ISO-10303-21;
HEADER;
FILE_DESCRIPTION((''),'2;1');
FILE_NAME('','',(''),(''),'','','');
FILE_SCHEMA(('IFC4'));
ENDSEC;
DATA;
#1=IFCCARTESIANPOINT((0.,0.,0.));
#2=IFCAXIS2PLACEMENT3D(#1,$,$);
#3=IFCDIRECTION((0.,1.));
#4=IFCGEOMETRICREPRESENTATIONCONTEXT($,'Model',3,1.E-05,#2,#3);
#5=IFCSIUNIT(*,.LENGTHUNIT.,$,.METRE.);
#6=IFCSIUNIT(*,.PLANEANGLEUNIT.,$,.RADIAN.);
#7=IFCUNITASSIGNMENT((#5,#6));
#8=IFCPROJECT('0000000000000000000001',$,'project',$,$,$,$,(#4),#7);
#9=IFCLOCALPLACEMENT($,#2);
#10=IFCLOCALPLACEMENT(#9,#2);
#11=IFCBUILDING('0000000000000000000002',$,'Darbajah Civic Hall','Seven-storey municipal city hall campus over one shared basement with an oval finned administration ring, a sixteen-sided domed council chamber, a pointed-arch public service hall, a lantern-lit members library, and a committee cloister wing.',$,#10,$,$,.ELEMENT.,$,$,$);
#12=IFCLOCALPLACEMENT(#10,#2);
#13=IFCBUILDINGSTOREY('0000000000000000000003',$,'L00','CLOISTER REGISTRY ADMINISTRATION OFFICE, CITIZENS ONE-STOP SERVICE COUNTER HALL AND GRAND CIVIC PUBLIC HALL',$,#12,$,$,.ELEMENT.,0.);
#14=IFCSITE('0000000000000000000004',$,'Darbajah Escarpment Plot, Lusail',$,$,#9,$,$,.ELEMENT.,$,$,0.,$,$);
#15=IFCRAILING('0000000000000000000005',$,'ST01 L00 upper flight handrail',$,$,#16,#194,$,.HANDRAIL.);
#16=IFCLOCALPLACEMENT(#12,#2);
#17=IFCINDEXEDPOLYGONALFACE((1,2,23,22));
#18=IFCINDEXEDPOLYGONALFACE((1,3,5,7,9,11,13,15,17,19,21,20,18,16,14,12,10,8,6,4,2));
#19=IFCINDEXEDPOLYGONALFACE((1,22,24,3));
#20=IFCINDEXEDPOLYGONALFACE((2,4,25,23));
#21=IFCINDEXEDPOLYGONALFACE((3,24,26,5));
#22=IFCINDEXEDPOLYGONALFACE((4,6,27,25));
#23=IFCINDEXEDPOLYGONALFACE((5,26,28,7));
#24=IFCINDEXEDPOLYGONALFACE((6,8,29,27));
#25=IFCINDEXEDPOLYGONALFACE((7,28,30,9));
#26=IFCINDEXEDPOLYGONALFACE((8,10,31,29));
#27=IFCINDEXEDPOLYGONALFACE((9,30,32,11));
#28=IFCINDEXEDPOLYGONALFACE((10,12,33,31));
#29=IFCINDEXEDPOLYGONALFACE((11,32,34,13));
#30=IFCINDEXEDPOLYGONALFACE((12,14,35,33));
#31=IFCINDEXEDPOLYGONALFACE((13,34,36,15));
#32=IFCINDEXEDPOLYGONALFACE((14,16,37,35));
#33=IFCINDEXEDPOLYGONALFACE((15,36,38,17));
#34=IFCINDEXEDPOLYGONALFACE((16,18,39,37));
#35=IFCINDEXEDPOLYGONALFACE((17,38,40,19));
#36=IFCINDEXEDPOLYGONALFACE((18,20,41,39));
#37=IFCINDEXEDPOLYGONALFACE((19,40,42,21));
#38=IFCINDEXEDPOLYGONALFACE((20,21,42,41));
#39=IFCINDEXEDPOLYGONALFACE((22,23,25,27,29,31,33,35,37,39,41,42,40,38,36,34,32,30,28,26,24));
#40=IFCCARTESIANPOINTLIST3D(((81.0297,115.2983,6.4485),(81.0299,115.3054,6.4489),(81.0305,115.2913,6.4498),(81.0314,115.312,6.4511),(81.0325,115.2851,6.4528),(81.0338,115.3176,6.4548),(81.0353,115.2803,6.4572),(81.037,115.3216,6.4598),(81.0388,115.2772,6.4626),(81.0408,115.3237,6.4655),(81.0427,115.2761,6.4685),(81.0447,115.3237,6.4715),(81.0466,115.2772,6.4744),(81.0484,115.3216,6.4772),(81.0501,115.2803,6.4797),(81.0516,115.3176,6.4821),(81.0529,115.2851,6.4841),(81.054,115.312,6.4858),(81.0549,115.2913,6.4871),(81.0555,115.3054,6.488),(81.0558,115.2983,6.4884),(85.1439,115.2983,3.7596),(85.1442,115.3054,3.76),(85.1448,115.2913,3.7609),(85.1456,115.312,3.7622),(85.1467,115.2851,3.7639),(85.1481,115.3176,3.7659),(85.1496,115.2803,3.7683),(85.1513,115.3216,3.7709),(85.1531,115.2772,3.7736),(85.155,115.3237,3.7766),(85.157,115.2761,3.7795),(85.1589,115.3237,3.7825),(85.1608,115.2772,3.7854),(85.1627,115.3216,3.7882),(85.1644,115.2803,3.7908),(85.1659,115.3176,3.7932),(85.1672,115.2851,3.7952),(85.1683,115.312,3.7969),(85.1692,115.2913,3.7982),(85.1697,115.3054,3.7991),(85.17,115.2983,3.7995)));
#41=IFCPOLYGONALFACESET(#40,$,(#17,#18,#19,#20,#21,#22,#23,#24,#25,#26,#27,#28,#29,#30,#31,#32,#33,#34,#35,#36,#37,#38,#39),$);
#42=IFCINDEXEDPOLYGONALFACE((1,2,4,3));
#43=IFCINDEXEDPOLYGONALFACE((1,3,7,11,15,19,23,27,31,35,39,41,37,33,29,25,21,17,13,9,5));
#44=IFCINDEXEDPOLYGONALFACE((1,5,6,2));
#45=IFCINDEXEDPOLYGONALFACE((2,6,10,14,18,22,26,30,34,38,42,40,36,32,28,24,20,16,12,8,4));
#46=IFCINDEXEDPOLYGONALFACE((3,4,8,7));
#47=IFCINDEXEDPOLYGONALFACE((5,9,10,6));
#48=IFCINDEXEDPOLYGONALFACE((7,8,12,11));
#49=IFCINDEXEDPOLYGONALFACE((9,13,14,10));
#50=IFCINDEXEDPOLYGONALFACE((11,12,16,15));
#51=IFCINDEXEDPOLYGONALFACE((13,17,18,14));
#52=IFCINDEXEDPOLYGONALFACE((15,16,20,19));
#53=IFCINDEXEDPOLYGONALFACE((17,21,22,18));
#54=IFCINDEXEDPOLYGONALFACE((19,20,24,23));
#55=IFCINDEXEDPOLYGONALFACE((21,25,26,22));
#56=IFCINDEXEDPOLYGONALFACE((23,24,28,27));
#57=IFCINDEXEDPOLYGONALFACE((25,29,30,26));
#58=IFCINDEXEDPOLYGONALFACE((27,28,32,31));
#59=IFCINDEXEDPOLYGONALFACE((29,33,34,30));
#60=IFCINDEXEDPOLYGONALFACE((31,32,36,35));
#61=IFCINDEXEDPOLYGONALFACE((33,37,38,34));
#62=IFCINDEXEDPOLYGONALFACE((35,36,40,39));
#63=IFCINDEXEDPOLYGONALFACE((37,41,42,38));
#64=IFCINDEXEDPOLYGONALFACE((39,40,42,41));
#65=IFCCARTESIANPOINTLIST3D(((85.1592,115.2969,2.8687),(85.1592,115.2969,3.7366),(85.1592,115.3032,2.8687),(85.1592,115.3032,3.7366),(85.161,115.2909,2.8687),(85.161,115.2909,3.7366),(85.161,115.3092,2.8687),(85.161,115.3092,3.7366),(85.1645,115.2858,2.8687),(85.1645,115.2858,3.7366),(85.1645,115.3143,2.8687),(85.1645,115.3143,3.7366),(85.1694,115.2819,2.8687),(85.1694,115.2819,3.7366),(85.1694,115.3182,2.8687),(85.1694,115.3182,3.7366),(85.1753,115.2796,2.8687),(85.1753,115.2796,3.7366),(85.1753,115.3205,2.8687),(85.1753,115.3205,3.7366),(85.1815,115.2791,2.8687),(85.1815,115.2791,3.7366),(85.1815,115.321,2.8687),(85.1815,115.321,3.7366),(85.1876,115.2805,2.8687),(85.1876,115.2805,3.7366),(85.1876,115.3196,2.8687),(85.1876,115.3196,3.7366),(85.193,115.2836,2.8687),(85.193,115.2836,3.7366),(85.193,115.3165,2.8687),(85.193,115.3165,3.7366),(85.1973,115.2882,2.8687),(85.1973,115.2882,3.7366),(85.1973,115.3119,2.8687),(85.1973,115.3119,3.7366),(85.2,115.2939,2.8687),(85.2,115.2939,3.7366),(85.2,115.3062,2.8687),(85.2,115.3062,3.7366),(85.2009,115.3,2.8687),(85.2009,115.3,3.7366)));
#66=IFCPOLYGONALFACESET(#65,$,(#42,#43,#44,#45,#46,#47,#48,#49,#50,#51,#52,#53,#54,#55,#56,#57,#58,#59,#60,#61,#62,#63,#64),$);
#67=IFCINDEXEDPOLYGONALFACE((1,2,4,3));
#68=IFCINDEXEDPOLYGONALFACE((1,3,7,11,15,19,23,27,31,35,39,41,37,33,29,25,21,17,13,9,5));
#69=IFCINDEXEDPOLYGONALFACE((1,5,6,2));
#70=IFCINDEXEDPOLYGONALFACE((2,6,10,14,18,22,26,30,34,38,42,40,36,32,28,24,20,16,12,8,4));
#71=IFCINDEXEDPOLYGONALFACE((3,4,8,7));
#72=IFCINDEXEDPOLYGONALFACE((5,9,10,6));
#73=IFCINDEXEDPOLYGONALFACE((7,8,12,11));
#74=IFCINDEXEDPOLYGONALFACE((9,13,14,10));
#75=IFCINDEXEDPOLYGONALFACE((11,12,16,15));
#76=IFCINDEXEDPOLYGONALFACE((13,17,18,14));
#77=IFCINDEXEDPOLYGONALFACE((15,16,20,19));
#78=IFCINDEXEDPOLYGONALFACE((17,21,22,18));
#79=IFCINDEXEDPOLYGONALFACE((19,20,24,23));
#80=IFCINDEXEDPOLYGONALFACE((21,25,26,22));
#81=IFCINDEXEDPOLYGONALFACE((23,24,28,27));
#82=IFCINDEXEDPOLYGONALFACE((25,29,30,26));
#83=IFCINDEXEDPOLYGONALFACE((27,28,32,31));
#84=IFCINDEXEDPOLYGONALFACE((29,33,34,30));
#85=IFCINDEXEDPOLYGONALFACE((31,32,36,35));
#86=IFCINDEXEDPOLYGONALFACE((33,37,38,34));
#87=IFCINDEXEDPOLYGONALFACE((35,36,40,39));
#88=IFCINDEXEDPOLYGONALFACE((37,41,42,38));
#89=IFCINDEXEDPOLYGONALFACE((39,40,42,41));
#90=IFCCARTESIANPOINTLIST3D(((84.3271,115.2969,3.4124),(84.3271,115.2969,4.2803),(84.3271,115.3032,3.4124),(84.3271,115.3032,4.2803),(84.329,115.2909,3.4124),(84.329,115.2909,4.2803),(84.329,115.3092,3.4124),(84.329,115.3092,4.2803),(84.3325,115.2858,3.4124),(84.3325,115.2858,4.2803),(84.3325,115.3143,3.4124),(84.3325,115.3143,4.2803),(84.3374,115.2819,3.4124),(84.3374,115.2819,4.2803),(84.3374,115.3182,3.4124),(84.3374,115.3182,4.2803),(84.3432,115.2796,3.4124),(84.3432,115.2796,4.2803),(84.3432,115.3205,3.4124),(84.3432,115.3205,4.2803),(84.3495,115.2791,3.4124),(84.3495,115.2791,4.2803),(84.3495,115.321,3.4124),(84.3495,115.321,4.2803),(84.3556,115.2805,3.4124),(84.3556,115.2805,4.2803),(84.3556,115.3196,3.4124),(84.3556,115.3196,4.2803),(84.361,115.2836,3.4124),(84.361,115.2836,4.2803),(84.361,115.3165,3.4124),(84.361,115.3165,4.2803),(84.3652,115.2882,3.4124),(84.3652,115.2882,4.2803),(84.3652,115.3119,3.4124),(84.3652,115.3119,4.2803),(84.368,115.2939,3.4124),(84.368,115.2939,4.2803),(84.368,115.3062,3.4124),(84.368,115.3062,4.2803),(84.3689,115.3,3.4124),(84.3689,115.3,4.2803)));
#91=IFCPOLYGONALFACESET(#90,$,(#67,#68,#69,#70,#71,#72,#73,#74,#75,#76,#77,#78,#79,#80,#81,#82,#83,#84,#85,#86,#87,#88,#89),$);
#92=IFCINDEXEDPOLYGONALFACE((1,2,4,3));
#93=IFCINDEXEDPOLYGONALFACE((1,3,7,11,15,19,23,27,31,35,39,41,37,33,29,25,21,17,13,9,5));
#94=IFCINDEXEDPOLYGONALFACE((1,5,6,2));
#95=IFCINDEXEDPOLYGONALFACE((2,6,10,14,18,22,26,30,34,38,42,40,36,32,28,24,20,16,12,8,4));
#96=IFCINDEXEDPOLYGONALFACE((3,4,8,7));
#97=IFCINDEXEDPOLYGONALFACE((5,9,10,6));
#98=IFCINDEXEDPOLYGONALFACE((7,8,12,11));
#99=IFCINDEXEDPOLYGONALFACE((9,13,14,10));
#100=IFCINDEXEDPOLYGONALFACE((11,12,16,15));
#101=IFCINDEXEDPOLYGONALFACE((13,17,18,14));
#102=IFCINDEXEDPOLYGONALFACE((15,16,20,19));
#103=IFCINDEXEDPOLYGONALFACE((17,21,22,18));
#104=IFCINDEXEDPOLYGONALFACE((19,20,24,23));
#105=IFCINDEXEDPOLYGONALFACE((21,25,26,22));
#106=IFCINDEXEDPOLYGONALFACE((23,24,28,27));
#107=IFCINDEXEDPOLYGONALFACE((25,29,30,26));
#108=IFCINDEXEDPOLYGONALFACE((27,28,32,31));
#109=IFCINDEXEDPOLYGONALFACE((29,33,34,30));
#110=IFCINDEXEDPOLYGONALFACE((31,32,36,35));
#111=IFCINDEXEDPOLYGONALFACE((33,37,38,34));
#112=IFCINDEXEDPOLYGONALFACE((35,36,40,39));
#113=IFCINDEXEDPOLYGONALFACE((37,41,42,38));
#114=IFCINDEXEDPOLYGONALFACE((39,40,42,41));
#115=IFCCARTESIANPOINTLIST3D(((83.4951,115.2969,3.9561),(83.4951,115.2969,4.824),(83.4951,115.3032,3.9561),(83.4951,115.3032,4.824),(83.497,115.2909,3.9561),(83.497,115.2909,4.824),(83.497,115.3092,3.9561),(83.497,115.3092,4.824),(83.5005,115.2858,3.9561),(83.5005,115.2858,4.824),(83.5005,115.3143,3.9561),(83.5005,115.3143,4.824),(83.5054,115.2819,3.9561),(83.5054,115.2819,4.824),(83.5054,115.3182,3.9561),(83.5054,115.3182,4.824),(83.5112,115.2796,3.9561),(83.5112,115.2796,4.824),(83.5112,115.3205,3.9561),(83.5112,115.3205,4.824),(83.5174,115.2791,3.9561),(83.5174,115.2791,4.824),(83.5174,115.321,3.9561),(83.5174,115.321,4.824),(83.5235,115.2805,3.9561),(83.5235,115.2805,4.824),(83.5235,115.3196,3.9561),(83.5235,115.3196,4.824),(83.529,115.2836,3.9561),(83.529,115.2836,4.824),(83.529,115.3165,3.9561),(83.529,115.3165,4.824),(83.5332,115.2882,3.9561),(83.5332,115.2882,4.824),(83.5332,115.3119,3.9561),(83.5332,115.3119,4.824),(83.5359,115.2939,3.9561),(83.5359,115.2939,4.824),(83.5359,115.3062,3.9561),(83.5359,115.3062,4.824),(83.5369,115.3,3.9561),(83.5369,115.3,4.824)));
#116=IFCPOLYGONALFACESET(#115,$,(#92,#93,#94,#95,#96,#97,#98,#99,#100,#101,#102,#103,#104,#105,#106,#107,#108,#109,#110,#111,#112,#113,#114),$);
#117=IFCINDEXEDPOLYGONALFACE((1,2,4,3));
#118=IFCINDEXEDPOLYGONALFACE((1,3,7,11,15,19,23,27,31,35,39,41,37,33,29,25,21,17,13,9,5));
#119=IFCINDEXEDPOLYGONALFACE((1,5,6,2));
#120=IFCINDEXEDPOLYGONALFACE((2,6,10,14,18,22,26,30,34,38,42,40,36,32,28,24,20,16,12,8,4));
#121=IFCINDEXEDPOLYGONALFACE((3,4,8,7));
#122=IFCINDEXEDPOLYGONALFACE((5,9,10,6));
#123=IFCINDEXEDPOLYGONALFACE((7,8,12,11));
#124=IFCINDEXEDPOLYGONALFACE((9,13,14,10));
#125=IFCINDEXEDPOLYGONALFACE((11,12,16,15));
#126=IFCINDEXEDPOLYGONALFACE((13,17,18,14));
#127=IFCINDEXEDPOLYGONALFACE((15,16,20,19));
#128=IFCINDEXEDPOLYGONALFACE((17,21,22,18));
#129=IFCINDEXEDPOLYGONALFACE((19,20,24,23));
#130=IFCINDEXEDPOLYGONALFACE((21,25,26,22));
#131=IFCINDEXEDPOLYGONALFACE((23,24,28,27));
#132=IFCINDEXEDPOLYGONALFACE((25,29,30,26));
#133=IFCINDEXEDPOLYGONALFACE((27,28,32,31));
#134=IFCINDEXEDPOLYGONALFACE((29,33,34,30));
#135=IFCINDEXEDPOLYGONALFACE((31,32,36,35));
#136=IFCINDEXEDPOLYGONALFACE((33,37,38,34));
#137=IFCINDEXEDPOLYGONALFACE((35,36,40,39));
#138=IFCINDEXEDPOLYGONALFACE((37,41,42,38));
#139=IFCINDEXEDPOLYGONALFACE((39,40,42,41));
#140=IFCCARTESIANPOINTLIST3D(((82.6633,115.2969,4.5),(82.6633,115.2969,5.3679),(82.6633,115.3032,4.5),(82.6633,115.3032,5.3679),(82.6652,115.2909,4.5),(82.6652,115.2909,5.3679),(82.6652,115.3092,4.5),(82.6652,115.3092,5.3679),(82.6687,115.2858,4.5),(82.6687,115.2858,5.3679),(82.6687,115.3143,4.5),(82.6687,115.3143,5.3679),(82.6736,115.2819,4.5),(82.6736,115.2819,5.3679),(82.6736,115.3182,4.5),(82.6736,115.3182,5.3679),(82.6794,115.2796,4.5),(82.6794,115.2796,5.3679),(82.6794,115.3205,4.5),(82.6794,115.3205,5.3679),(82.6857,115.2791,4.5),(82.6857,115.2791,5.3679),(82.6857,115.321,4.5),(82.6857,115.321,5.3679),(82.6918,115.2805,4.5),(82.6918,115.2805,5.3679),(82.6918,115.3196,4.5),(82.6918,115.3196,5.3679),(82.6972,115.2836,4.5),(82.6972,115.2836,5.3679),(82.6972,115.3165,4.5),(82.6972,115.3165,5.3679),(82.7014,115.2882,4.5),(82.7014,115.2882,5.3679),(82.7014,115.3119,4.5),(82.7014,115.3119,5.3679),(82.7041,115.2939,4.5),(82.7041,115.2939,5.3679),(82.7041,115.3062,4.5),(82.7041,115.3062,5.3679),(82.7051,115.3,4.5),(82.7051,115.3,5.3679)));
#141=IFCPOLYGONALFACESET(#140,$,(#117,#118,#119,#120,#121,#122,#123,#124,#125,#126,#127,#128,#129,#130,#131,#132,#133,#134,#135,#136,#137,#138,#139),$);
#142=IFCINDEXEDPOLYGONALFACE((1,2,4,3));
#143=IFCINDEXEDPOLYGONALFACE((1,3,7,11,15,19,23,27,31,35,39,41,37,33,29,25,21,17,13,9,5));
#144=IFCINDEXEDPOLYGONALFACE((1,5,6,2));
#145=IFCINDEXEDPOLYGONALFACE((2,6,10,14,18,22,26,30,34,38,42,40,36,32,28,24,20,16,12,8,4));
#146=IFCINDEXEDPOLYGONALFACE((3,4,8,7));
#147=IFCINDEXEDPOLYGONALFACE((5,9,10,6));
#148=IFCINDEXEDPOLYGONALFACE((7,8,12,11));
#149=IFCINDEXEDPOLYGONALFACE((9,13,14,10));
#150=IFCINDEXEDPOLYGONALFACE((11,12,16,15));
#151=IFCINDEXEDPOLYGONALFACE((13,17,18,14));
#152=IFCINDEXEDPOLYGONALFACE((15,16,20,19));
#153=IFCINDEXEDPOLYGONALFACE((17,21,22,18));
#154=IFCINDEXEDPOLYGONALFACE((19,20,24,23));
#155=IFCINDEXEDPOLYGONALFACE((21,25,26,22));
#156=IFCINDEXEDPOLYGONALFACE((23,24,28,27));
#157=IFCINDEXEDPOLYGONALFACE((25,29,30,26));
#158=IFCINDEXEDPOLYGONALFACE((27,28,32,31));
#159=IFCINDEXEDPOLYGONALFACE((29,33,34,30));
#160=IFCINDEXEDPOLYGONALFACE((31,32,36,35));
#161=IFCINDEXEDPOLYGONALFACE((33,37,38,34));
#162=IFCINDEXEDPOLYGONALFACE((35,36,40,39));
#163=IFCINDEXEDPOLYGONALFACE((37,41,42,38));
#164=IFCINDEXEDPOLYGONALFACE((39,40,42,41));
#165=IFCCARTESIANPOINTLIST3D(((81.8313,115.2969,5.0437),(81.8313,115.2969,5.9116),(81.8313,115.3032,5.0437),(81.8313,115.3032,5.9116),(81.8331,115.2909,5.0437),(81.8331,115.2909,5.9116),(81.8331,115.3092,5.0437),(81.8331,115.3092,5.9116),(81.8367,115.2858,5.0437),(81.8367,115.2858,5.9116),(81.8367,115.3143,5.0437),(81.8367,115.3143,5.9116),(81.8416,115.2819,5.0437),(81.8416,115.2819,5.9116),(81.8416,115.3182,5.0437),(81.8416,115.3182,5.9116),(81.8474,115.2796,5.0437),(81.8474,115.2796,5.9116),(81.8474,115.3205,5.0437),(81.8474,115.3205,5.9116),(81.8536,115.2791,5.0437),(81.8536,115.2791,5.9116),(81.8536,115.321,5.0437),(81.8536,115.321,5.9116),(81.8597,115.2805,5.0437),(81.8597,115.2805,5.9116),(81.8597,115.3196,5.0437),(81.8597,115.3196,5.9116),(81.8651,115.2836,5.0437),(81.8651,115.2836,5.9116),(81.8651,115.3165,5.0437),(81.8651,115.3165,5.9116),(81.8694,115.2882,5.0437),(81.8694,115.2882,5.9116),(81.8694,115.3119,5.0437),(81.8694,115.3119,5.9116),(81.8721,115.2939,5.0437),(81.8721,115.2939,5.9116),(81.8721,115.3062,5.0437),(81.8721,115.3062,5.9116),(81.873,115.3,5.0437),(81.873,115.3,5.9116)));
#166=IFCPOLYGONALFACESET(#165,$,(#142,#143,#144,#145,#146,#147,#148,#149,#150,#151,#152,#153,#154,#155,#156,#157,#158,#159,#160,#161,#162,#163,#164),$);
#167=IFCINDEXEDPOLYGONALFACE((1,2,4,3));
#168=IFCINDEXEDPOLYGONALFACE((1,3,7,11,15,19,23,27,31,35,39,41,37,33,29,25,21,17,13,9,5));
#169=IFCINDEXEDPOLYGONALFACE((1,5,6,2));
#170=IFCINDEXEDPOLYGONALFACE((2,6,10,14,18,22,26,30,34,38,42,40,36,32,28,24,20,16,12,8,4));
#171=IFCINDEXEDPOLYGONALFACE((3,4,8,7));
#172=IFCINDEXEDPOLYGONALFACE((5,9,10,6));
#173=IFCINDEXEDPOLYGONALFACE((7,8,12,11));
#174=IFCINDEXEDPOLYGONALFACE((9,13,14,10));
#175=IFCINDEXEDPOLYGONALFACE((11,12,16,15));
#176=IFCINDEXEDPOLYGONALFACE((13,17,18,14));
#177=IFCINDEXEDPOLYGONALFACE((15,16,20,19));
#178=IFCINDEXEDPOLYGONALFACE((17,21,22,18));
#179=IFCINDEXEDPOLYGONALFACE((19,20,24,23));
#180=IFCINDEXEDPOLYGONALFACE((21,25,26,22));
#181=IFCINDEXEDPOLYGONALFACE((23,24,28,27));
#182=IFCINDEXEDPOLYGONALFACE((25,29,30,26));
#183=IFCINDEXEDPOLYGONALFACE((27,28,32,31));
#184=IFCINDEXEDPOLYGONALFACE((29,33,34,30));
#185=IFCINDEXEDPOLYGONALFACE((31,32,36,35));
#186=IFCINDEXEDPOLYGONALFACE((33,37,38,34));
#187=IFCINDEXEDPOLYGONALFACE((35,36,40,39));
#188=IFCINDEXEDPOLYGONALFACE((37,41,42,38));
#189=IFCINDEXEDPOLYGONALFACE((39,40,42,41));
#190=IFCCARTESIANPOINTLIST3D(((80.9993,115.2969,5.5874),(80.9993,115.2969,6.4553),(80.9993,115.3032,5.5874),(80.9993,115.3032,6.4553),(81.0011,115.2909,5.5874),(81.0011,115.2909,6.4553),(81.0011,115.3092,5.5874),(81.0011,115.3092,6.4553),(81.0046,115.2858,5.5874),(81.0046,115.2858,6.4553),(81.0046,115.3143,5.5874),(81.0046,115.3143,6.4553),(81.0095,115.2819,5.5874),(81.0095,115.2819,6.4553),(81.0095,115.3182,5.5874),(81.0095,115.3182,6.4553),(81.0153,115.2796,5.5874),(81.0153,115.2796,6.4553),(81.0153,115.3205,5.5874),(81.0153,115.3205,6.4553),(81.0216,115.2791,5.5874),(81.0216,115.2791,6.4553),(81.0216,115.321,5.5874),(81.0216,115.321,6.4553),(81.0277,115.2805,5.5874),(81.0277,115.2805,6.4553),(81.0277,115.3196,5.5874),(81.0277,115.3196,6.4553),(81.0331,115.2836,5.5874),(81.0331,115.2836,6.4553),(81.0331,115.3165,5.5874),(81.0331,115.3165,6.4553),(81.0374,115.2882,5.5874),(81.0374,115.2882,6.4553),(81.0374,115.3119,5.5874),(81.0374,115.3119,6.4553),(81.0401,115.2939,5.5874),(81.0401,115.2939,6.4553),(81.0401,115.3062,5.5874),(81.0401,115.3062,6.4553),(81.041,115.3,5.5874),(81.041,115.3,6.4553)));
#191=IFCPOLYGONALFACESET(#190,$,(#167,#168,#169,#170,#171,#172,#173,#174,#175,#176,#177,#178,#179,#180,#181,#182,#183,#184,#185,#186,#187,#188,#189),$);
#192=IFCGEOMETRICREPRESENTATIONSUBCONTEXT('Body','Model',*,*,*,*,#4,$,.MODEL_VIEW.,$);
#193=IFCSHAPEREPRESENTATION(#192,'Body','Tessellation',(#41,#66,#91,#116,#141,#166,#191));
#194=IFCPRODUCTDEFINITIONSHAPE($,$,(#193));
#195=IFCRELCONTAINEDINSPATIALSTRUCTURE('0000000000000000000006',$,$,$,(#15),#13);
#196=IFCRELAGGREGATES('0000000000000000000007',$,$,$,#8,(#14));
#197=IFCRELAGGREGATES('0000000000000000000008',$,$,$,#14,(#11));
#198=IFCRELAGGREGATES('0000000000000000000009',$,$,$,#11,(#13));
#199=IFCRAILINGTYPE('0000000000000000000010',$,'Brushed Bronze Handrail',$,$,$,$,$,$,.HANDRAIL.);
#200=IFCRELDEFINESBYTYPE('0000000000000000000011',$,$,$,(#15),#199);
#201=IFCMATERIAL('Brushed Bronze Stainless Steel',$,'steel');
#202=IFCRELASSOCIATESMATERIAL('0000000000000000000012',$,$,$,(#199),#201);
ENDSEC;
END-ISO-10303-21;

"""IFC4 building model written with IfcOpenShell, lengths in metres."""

from ifc_helpers import new_model, si_unit, direction, frame, origin, origin_2d, place, context, subcontext, project, spatial, circle, extrude, material, type_object, element, save


model = new_model("IFC4")

# Units and contexts
model_context = context("Model", 3, precision=1e-05, world=origin(), true_north=direction((0.0, 1.0)))
body_context = subcontext(model_context, "Body", "Model", "MODEL_VIEW")
ifc_project = project(units=[si_unit("LENGTHUNIT", "METRE"), si_unit("PLANEANGLEUNIT", "RADIAN")], contexts=[model_context])

# Site, building, storey
site_placement = place(None, origin())
site = spatial("IfcSite", under=ifc_project, at=site_placement, Name="Darbajah Escarpment Plot, Lusail", CompositionType="ELEMENT", RefElevation=0.0)
building_placement = place(site_placement, origin())
building = spatial("IfcBuilding", under=site, at=building_placement, Name="Darbajah Civic Hall", Description="Seven-storey municipal city hall campus over one shared basement with an oval finned administration ring, a sixteen-sided domed council chamber, a pointed-arch public service hall, a lantern-lit members library, and a committee cloister wing.", CompositionType="ELEMENT")
storey_placement = place(building_placement, origin())
storey = spatial("IfcBuildingStorey", under=building, at=storey_placement, Name="L00", Description="CLOISTER REGISTRY ADMINISTRATION OFFICE, CITIZENS ONE-STOP SERVICE COUNTER HALL AND GRAND CIVIC PUBLIC HALL", CompositionType="ELEMENT", Elevation=0.0)

# Railing
ifc_material_1 = material(Name="Brushed Bronze Stainless Steel", Category="steel")
railing_type_1 = type_object("IfcRailingType", Name="Brushed Bronze Handrail", PredefinedType="HANDRAIL", material=ifc_material_1)
for number, where, name in (
    (1, (85.1799, 115.3, 2.8687), "ST01 L00 upper flight handrail"),
):
    element("IfcRailing", number, at=place(storey_placement, frame(where)), inside=storey, type_object=railing_type_1, Name=name, PredefinedType="HANDRAIL", context=body_context, shape_type="SweptSolid", body=[
        extrude(circle(Radius=0.0239, at=origin_2d()), frame((-0.0229, 0.0, 0.9109), z_axis=(-0.83708, 0.0, 0.547081), x_axis=(0.0, -1.0, 0.0)), (0.0, 0.0, 1.0), 4.915),
        extrude(circle(Radius=0.021, at=origin_2d()), origin(), (0.0, 0.0, 1.0), 0.8679),
        extrude(circle(Radius=0.021, at=origin_2d()), frame((-0.832, 0.0, 0.5437)), (0.0, 0.0, 1.0), 0.8679),
        extrude(circle(Radius=0.021, at=origin_2d()), frame((-1.6641, 0.0, 1.0874)), (0.0, 0.0, 1.0), 0.8679),
        extrude(circle(Radius=0.021, at=origin_2d()), frame((-2.4958, 0.0, 1.6313)), (0.0, 0.0, 1.0), 0.8679),
        extrude(circle(Radius=0.021, at=origin_2d()), frame((-3.3279, 0.0, 2.175)), (0.0, 0.0, 1.0), 0.8679),
        extrude(circle(Radius=0.021, at=origin_2d()), frame((-4.1599, 0.0, 2.7188)), (0.0, 0.0, 1.0), 0.8679),
    ])

save(model, "model.ifc")
